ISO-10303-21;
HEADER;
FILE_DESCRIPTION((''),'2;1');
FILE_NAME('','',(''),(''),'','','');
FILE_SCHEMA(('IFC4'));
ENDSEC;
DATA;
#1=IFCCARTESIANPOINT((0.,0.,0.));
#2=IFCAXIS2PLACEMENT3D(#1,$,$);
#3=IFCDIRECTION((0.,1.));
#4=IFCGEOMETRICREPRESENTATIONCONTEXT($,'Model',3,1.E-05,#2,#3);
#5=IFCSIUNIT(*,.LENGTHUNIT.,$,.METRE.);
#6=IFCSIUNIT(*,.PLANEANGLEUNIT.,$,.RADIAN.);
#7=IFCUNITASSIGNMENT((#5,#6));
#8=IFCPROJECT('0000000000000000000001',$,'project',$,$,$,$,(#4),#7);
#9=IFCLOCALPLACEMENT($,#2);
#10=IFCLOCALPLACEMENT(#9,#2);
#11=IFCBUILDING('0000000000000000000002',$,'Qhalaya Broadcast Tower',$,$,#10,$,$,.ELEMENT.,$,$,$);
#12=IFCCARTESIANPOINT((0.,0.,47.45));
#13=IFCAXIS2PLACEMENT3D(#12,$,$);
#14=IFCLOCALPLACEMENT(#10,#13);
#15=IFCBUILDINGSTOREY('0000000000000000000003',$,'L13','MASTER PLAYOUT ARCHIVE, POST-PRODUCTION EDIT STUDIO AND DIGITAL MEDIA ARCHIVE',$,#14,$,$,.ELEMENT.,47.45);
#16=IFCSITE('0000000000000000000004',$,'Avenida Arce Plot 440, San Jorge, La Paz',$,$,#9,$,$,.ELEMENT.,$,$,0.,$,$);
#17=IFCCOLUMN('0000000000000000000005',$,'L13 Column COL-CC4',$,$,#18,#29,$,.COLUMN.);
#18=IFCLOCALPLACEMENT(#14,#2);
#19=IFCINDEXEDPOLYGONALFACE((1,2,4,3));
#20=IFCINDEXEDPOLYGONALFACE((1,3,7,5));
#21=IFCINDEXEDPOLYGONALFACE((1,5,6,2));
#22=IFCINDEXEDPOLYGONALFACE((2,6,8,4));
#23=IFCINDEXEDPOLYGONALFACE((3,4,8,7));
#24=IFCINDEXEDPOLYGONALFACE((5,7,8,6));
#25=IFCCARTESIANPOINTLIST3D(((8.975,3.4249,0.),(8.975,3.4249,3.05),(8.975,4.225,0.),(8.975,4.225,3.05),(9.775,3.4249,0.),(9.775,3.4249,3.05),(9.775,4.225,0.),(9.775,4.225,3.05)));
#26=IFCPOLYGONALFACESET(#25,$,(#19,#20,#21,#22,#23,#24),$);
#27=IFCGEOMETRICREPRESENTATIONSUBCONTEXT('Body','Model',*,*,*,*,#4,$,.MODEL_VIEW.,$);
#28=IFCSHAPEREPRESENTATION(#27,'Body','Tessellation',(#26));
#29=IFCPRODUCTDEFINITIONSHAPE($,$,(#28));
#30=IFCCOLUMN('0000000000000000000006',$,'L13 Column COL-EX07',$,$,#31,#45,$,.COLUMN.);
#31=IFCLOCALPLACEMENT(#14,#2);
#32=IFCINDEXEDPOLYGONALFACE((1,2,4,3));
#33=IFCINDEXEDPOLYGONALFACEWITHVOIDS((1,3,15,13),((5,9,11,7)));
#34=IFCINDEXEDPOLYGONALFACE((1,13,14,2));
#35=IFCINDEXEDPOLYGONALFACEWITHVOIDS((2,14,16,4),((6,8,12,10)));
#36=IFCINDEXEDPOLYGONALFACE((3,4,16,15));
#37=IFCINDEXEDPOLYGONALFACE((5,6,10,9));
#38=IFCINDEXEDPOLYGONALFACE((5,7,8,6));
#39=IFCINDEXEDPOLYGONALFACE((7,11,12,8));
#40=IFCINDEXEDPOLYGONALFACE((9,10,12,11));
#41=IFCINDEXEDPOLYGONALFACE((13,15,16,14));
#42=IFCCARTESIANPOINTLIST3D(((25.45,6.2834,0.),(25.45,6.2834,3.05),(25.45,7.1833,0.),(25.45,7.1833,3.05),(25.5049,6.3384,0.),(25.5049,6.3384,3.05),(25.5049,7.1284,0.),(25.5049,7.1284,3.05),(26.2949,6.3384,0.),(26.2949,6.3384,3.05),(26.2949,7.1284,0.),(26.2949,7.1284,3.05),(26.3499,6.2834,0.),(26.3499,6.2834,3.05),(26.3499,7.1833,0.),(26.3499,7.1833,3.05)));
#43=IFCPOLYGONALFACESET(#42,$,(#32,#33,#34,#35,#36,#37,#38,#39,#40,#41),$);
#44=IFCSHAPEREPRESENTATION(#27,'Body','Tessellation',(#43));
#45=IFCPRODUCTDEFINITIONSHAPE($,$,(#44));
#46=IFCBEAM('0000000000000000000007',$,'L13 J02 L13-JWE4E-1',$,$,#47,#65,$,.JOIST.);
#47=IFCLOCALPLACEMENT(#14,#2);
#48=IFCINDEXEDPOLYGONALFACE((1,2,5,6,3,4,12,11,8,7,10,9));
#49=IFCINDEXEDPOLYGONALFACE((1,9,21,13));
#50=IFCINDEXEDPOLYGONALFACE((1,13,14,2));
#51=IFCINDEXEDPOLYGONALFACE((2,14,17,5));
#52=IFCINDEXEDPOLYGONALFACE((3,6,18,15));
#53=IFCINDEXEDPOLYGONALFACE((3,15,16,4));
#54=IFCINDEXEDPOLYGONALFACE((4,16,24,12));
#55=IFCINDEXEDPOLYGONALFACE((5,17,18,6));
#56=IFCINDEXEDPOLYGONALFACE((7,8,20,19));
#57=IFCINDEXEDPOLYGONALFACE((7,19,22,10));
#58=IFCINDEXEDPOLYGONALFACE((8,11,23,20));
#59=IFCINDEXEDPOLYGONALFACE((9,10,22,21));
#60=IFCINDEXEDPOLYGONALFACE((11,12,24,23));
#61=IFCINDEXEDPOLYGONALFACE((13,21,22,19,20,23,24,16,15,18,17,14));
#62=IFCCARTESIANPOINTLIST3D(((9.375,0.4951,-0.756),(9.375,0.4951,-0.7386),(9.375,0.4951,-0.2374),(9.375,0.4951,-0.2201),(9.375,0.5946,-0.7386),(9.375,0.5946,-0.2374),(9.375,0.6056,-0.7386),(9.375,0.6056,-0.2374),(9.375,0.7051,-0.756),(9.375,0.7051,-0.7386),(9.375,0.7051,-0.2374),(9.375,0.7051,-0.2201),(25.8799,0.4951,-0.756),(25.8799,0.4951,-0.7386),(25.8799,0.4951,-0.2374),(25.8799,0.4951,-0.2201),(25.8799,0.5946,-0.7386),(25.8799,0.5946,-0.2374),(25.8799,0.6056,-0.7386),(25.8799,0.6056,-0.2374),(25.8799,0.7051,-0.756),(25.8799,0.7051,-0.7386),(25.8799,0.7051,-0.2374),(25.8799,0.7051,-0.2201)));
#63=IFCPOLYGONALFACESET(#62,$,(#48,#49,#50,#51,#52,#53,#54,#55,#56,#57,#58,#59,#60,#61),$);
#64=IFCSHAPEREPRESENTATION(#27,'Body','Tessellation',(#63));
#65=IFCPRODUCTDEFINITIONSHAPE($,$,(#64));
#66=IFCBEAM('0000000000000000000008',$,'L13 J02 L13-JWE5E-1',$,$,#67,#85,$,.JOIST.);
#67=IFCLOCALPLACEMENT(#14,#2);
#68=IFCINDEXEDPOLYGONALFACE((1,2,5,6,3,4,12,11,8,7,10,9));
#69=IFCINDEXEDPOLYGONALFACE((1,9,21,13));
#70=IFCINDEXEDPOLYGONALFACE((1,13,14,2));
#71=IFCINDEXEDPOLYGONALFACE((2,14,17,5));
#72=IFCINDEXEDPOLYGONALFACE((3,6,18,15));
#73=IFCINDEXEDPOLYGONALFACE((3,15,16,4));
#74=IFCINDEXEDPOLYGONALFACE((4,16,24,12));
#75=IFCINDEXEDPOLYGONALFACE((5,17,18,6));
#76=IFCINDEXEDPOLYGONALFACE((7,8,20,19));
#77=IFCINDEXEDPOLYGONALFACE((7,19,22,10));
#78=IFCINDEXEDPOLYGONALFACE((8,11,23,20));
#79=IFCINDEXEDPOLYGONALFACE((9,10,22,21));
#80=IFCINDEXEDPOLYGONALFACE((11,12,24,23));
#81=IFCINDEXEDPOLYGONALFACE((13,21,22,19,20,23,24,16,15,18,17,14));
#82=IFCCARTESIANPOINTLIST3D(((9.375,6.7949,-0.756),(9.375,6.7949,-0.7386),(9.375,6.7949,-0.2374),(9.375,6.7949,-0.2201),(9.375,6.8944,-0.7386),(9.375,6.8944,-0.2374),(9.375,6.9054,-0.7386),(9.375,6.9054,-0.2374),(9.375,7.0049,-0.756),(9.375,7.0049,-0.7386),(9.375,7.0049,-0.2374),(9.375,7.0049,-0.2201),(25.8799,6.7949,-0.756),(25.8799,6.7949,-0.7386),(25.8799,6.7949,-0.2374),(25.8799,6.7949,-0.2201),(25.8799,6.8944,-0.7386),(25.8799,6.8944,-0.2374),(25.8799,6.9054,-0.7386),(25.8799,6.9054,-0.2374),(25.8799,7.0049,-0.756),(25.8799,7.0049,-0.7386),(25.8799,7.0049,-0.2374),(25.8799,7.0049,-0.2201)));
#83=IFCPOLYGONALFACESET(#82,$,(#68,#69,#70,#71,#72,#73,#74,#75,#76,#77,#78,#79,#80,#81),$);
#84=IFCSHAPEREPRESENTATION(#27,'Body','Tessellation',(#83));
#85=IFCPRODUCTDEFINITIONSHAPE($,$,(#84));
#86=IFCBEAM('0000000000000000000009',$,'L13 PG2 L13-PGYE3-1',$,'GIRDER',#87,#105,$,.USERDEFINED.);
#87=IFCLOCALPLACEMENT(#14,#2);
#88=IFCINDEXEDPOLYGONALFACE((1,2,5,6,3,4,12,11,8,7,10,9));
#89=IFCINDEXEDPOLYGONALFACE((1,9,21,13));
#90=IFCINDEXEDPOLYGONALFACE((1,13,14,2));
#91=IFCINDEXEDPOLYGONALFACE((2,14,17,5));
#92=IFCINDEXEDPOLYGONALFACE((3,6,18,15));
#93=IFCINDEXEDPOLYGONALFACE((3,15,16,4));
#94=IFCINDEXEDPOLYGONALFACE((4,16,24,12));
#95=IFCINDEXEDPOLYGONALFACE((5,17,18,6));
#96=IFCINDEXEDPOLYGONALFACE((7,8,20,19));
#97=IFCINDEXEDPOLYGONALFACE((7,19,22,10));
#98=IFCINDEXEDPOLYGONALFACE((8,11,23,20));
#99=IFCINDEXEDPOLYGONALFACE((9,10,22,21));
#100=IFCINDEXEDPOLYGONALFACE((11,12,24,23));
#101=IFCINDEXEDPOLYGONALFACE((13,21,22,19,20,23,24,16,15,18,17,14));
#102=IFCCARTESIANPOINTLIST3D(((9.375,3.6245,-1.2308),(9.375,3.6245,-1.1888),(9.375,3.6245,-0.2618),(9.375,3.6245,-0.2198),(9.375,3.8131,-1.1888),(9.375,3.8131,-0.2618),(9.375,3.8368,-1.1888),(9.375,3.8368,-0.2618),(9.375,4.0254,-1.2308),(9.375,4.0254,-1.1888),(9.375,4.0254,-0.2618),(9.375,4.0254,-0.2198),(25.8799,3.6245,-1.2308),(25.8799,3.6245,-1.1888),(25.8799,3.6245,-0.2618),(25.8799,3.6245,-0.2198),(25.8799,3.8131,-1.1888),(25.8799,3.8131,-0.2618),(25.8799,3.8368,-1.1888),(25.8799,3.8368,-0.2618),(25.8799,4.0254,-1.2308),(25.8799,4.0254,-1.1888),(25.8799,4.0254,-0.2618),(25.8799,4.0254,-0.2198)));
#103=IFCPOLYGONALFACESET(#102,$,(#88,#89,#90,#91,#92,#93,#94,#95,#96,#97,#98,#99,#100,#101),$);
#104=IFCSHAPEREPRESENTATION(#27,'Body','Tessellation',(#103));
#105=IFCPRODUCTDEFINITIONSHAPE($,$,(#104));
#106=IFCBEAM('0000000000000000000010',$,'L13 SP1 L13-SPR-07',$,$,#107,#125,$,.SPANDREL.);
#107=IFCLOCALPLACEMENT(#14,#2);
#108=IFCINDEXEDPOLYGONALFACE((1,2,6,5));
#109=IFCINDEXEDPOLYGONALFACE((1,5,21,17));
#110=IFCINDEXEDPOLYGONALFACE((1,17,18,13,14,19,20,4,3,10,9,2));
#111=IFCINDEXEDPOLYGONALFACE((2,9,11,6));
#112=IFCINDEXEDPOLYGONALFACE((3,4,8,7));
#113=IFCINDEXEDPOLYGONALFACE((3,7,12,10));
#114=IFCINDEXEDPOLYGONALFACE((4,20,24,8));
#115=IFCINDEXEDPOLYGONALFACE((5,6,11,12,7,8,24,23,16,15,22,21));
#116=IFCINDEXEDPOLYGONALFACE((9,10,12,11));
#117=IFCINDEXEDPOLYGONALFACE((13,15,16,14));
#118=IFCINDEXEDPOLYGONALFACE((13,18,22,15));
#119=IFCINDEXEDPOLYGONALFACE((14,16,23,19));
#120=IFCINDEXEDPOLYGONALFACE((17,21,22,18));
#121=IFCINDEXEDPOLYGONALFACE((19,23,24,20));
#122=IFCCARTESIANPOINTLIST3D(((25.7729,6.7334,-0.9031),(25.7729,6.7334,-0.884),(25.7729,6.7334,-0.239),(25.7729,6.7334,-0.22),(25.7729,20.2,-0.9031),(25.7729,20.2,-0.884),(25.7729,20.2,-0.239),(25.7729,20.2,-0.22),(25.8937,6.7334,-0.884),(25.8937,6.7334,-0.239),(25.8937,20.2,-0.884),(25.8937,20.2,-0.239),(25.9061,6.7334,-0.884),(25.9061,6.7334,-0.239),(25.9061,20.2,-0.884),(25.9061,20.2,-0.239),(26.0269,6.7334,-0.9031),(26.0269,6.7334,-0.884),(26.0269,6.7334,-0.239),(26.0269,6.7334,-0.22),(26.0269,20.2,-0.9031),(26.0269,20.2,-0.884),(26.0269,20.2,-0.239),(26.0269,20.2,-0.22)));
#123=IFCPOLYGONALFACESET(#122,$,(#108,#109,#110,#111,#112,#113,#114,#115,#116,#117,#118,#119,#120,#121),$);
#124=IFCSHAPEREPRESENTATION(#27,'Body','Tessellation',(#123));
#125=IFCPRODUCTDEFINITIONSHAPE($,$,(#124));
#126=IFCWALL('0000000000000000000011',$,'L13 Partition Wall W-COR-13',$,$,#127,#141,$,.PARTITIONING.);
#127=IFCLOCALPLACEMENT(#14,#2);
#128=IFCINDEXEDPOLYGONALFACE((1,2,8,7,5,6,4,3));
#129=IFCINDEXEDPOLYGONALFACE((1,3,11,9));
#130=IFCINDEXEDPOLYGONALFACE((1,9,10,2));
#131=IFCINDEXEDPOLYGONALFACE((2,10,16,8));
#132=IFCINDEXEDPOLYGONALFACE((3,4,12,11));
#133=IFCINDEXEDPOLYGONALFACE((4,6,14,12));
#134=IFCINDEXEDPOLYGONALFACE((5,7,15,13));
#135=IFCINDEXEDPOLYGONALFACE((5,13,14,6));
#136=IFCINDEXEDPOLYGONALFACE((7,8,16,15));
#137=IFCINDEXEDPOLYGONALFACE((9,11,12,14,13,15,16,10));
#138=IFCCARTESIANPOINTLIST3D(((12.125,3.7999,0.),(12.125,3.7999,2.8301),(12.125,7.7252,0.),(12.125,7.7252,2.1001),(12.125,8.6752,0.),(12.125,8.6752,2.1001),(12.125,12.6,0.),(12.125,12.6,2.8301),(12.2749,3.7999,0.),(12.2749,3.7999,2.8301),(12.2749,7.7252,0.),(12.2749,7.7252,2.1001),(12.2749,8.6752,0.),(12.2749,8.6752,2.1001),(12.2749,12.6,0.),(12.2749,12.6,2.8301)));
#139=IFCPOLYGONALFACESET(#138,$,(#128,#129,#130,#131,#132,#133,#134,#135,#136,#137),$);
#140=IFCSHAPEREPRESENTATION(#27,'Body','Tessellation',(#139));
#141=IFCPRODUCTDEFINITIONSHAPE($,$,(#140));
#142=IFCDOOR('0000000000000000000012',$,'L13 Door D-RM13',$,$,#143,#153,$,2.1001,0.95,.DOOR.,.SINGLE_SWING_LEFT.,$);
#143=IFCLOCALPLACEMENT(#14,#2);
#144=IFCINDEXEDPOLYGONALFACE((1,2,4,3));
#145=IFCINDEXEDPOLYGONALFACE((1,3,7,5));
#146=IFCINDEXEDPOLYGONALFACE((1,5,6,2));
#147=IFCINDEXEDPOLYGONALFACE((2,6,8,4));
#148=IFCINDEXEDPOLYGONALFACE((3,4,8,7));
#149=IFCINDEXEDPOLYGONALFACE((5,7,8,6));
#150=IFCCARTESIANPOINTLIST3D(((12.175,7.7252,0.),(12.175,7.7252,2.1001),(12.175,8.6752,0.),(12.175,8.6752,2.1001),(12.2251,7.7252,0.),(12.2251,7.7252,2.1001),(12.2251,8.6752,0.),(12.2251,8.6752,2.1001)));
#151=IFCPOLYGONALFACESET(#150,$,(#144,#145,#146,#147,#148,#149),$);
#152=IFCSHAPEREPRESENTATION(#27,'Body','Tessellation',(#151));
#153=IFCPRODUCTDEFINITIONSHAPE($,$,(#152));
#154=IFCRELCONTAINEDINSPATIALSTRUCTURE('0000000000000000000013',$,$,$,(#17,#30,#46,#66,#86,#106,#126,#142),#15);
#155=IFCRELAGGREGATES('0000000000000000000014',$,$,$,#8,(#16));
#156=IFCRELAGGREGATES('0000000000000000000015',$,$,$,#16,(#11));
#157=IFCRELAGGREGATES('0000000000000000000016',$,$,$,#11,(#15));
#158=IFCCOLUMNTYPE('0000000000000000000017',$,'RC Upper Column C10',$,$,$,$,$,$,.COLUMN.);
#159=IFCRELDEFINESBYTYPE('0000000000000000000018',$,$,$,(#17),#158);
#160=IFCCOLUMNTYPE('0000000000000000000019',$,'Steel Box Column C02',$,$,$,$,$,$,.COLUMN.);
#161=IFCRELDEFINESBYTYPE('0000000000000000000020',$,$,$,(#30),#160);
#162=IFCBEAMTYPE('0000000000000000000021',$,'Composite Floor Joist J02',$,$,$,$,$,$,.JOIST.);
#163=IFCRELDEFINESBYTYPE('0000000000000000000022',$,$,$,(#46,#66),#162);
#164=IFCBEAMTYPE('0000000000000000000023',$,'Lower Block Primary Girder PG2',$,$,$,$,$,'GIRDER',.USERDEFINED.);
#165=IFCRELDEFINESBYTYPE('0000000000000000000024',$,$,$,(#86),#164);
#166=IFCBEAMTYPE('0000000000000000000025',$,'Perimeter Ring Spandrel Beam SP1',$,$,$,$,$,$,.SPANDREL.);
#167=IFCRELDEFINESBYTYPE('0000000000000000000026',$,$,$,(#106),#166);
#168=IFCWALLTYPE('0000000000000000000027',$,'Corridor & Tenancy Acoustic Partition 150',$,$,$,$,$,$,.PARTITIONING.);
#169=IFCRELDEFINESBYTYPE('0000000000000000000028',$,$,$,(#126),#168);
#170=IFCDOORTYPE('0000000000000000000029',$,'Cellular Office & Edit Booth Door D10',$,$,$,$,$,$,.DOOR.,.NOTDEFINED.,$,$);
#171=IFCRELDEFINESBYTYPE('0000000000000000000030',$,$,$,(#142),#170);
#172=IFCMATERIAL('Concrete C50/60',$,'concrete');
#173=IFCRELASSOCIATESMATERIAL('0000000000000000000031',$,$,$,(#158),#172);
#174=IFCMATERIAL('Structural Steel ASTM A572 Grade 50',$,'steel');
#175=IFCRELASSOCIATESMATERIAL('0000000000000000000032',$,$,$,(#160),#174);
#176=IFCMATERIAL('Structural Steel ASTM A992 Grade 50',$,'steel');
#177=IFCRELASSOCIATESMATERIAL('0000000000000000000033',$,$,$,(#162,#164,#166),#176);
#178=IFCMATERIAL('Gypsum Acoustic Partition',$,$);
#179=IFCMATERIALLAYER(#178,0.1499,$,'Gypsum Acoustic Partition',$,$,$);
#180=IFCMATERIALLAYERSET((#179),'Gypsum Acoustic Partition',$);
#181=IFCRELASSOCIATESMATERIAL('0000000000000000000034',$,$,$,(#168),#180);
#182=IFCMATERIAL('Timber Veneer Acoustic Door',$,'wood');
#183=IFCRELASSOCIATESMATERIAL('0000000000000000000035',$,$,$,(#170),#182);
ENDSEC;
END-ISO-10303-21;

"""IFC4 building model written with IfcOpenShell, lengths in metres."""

from ifc_helpers import new_model, si_unit, direction, frame, frame_2d, origin, origin_2d, place, context, subcontext, project, spatial, rectangle, hollow_rectangle, i_section, extrude, material, layer, layer_set, material_profile, profile_set, type_object, element, fill, save


model = new_model("IFC4")

# Units and contexts
model_context = context("Model", 3, precision=1e-05, world=origin(), true_north=direction((0.0, 1.0)))
body_context = subcontext(model_context, "Body", "Model", "MODEL_VIEW")
ifc_project = project(units=[si_unit("LENGTHUNIT", "METRE"), si_unit("PLANEANGLEUNIT", "RADIAN")], contexts=[model_context])

# Site, building, storey
site_placement = place(None, origin())
site = spatial("IfcSite", under=ifc_project, at=site_placement, Name="Avenida Arce Plot 440, San Jorge, La Paz", CompositionType="ELEMENT", RefElevation=0.0)
building_placement = place(site_placement, origin())
building = spatial("IfcBuilding", under=site, at=building_placement, Name="Qhalaya Broadcast Tower", CompositionType="ELEMENT")
storey_placement = place(building_placement, frame((0.0, 0.0, 47.45)))
storey = spatial("IfcBuildingStorey", under=building, at=storey_placement, Name="L13", Description="MASTER PLAYOUT ARCHIVE, POST-PRODUCTION EDIT STUDIO AND DIGITAL MEDIA ARCHIVE", CompositionType="ELEMENT", Elevation=47.45)

# Columns
ifc_material_1 = material(Name="Concrete C50/60", Category="concrete")
ifc_material_profile_1 = material_profile(ifc_material_1, rectangle(XDim=0.8, YDim=0.8, at=origin_2d()), Name="RC-COL 800x800")
ifc_profile_set_1 = profile_set([ifc_material_profile_1], Name="Concrete C50/60")
column_type_1 = type_object("IfcColumnType", Name="RC Upper Column C10", PredefinedType="COLUMN", material=ifc_profile_set_1)
column_1_placement = place(storey_placement, frame((9.375, 3.825, 0.0), z_axis=(0.0, 0.0, 1.0), x_axis=(1.0, 0.0, 0.0)))
element("IfcColumn", 1, at=column_1_placement, inside=storey, type_object=column_type_1, Name="L13 Column COL-CC4", PredefinedType="COLUMN", context=body_context, shape_type="SweptSolid", body=[
    extrude(rectangle(XDim=0.8, YDim=0.8, at=origin_2d()), origin(), (0.0, 0.0, 1.0), 3.05),
])
ifc_material_2 = material(Name="Structural Steel ASTM A572 Grade 50", Category="steel")
ifc_material_profile_2 = material_profile(ifc_material_2, hollow_rectangle(XDim=0.8999, YDim=0.8999, WallThickness=0.0549, at=origin_2d()), Name="BOX 900x900x55")
ifc_profile_set_2 = profile_set([ifc_material_profile_2], Name="Structural Steel ASTM A572 Grade 50")
column_type_2 = type_object("IfcColumnType", Name="Steel Box Column C02", PredefinedType="COLUMN", material=ifc_profile_set_2)
column_2_placement = place(storey_placement, frame((25.8999, 6.7334, 0.0), z_axis=(0.0, 0.0, 1.0), x_axis=(0.0, 1.0, 0.0)))
element("IfcColumn", 2, at=column_2_placement, inside=storey, type_object=column_type_2, Name="L13 Column COL-EX07", PredefinedType="COLUMN", context=body_context, shape_type="SweptSolid", body=[
    extrude(hollow_rectangle(XDim=0.8999, YDim=0.8999, WallThickness=0.0549, at=origin_2d()), origin(), (0.0, 0.0, 1.0), 3.05),
])

# Beams
ifc_material_3 = material(Name="Structural Steel ASTM A992 Grade 50", Category="steel")
ifc_material_profile_3 = material_profile(ifc_material_3, i_section(OverallWidth=0.21, OverallDepth=0.5359, WebThickness=0.011, FlangeThickness=0.0173, at=origin_2d()), Name="W21X68")
ifc_profile_set_3 = profile_set([ifc_material_profile_3], Name="Structural Steel ASTM A992 Grade 50")
beam_type_1 = type_object("IfcBeamType", Name="Composite Floor Joist J02", PredefinedType="JOIST", material=ifc_profile_set_3)
for number, where, z_axis, x_axis, name in (
    (3, (9.375, 0.6001, -0.488), (1.0, 0.0, 0.0), (0.0, 1.0, 0.0), "L13 J02 L13-JWE4E-1"),
    (4, (9.375, 6.8999, -0.488), (1.0, 0.0, 0.0), (0.0, 1.0, 0.0), "L13 J02 L13-JWE5E-1"),
):
    element("IfcBeam", number, at=place(storey_placement, frame(where, z_axis=z_axis, x_axis=x_axis)), inside=storey, type_object=beam_type_1, Name=name, PredefinedType="JOIST", context=body_context, shape_type="SweptSolid", body=[
        extrude(i_section(OverallWidth=0.21, OverallDepth=0.5359, WebThickness=0.011, FlangeThickness=0.0173, at=origin_2d()), origin(), (0.0, 0.0, 1.0), 16.5049),
    ])
ifc_material_profile_4 = material_profile(ifc_material_3, i_section(OverallWidth=0.4009, OverallDepth=1.011, WebThickness=0.0237, FlangeThickness=0.042, at=origin_2d()), Name="W40X297")
ifc_profile_set_4 = profile_set([ifc_material_profile_4], Name="Structural Steel ASTM A992 Grade 50")
beam_type_2 = type_object("IfcBeamType", Name="Lower Block Primary Girder PG2", ElementType="GIRDER", PredefinedType="USERDEFINED", material=ifc_profile_set_4)
beam_1_placement = place(storey_placement, frame((9.375, 3.825, -0.7253), z_axis=(1.0, 0.0, 0.0), x_axis=(0.0, 1.0, 0.0)))
element("IfcBeam", 5, at=beam_1_placement, inside=storey, type_object=beam_type_2, Name="L13 PG2 L13-PGYE3-1", ObjectType="GIRDER", PredefinedType="USERDEFINED", context=body_context, shape_type="SweptSolid", body=[
    extrude(i_section(OverallWidth=0.4009, OverallDepth=1.011, WebThickness=0.0237, FlangeThickness=0.042, at=origin_2d()), origin(), (0.0, 0.0, 1.0), 16.5049),
])
ifc_material_profile_5 = material_profile(ifc_material_3, i_section(OverallWidth=0.2539, OverallDepth=0.6831, WebThickness=0.0125, FlangeThickness=0.019, at=origin_2d()), Name="W27X94")
ifc_profile_set_5 = profile_set([ifc_material_profile_5], Name="Structural Steel ASTM A992 Grade 50")
beam_type_3 = type_object("IfcBeamType", Name="Perimeter Ring Spandrel Beam SP1", PredefinedType="SPANDREL", material=ifc_profile_set_5)
beam_2_placement = place(storey_placement, frame((25.8999, 6.7334, -0.5615), z_axis=(0.0, 1.0, 0.0), x_axis=(-1.0, 0.0, 0.0)))
element("IfcBeam", 6, at=beam_2_placement, inside=storey, type_object=beam_type_3, Name="L13 SP1 L13-SPR-07", PredefinedType="SPANDREL", context=body_context, shape_type="SweptSolid", body=[
    extrude(i_section(OverallWidth=0.2539, OverallDepth=0.6831, WebThickness=0.0125, FlangeThickness=0.019, at=origin_2d()), origin(), (0.0, 0.0, 1.0), 13.4666),
])

# Wall, opening, door
ifc_material_4 = material(Name="Gypsum Acoustic Partition")
ifc_layer_1 = layer(ifc_material_4, 0.1499, Name="Gypsum Acoustic Partition")
ifc_layer_set_1 = layer_set([ifc_layer_1], Name="Gypsum Acoustic Partition")
wall_type_1 = type_object("IfcWallType", Name="Corridor & Tenancy Acoustic Partition 150", PredefinedType="PARTITIONING", material=ifc_layer_set_1)
wall_1_placement = place(storey_placement, frame((12.2, 3.8, 0.0), z_axis=(0.0, 0.0, 1.0), x_axis=(0.0, 1.0, 0.0)))
wall_1 = element("IfcWall", 7, at=wall_1_placement, inside=storey, type_object=wall_type_1, Name="L13 Partition Wall W-COR-13", PredefinedType="PARTITIONING", context=body_context, shape_type="SweptSolid", body=[
    extrude(rectangle(XDim=8.8, YDim=0.1499, at=frame_2d((4.3999, 0.0))), origin(), (0.0, 0.0, 1.0), 2.8301),
])
opening_1_placement = place(wall_1_placement, frame((3.925, 0.0, 0.0)))
opening_1 = element("IfcOpeningElement", 8, at=opening_1_placement, cuts=wall_1, PredefinedType="OPENING", context=body_context, shape_type="SweptSolid", body=[
    extrude(rectangle(XDim=0.95, YDim=2.1001, at=frame_2d((0.4751, 1.05))), frame((0.0, 0.0869, 0.0), z_axis=(0.0, -1.0, 0.0), x_axis=(1.0, 0.0, 0.0)), (0.0, 0.0, 1.0), 0.1738),
])
ifc_material_5 = material(Name="Timber Veneer Acoustic Door", Category="wood")
door_type_1 = type_object("IfcDoorType", Name="Cellular Office & Edit Booth Door D10", OperationType="NOTDEFINED", PredefinedType="DOOR", material=ifc_material_5)
door_1_placement = place(opening_1_placement, origin())
door_1 = element("IfcDoor", 9, at=door_1_placement, inside=storey, type_object=door_type_1, Name="L13 Door D-RM13", OperationType="SINGLE_SWING_LEFT", OverallHeight=2.1001, OverallWidth=0.95, PredefinedType="DOOR", context=body_context, shape_type="SweptSolid", body=[
    extrude(rectangle(XDim=0.95, YDim=2.1001, at=frame_2d((0.4751, 1.05))), frame((0.0, 0.0249, 0.0), z_axis=(0.0, -1.0, 0.0), x_axis=(1.0, 0.0, 0.0)), (0.0, 0.0, 1.0), 0.05),
])
fill(opening_1, door_1)

save(model, "model.ifc")
